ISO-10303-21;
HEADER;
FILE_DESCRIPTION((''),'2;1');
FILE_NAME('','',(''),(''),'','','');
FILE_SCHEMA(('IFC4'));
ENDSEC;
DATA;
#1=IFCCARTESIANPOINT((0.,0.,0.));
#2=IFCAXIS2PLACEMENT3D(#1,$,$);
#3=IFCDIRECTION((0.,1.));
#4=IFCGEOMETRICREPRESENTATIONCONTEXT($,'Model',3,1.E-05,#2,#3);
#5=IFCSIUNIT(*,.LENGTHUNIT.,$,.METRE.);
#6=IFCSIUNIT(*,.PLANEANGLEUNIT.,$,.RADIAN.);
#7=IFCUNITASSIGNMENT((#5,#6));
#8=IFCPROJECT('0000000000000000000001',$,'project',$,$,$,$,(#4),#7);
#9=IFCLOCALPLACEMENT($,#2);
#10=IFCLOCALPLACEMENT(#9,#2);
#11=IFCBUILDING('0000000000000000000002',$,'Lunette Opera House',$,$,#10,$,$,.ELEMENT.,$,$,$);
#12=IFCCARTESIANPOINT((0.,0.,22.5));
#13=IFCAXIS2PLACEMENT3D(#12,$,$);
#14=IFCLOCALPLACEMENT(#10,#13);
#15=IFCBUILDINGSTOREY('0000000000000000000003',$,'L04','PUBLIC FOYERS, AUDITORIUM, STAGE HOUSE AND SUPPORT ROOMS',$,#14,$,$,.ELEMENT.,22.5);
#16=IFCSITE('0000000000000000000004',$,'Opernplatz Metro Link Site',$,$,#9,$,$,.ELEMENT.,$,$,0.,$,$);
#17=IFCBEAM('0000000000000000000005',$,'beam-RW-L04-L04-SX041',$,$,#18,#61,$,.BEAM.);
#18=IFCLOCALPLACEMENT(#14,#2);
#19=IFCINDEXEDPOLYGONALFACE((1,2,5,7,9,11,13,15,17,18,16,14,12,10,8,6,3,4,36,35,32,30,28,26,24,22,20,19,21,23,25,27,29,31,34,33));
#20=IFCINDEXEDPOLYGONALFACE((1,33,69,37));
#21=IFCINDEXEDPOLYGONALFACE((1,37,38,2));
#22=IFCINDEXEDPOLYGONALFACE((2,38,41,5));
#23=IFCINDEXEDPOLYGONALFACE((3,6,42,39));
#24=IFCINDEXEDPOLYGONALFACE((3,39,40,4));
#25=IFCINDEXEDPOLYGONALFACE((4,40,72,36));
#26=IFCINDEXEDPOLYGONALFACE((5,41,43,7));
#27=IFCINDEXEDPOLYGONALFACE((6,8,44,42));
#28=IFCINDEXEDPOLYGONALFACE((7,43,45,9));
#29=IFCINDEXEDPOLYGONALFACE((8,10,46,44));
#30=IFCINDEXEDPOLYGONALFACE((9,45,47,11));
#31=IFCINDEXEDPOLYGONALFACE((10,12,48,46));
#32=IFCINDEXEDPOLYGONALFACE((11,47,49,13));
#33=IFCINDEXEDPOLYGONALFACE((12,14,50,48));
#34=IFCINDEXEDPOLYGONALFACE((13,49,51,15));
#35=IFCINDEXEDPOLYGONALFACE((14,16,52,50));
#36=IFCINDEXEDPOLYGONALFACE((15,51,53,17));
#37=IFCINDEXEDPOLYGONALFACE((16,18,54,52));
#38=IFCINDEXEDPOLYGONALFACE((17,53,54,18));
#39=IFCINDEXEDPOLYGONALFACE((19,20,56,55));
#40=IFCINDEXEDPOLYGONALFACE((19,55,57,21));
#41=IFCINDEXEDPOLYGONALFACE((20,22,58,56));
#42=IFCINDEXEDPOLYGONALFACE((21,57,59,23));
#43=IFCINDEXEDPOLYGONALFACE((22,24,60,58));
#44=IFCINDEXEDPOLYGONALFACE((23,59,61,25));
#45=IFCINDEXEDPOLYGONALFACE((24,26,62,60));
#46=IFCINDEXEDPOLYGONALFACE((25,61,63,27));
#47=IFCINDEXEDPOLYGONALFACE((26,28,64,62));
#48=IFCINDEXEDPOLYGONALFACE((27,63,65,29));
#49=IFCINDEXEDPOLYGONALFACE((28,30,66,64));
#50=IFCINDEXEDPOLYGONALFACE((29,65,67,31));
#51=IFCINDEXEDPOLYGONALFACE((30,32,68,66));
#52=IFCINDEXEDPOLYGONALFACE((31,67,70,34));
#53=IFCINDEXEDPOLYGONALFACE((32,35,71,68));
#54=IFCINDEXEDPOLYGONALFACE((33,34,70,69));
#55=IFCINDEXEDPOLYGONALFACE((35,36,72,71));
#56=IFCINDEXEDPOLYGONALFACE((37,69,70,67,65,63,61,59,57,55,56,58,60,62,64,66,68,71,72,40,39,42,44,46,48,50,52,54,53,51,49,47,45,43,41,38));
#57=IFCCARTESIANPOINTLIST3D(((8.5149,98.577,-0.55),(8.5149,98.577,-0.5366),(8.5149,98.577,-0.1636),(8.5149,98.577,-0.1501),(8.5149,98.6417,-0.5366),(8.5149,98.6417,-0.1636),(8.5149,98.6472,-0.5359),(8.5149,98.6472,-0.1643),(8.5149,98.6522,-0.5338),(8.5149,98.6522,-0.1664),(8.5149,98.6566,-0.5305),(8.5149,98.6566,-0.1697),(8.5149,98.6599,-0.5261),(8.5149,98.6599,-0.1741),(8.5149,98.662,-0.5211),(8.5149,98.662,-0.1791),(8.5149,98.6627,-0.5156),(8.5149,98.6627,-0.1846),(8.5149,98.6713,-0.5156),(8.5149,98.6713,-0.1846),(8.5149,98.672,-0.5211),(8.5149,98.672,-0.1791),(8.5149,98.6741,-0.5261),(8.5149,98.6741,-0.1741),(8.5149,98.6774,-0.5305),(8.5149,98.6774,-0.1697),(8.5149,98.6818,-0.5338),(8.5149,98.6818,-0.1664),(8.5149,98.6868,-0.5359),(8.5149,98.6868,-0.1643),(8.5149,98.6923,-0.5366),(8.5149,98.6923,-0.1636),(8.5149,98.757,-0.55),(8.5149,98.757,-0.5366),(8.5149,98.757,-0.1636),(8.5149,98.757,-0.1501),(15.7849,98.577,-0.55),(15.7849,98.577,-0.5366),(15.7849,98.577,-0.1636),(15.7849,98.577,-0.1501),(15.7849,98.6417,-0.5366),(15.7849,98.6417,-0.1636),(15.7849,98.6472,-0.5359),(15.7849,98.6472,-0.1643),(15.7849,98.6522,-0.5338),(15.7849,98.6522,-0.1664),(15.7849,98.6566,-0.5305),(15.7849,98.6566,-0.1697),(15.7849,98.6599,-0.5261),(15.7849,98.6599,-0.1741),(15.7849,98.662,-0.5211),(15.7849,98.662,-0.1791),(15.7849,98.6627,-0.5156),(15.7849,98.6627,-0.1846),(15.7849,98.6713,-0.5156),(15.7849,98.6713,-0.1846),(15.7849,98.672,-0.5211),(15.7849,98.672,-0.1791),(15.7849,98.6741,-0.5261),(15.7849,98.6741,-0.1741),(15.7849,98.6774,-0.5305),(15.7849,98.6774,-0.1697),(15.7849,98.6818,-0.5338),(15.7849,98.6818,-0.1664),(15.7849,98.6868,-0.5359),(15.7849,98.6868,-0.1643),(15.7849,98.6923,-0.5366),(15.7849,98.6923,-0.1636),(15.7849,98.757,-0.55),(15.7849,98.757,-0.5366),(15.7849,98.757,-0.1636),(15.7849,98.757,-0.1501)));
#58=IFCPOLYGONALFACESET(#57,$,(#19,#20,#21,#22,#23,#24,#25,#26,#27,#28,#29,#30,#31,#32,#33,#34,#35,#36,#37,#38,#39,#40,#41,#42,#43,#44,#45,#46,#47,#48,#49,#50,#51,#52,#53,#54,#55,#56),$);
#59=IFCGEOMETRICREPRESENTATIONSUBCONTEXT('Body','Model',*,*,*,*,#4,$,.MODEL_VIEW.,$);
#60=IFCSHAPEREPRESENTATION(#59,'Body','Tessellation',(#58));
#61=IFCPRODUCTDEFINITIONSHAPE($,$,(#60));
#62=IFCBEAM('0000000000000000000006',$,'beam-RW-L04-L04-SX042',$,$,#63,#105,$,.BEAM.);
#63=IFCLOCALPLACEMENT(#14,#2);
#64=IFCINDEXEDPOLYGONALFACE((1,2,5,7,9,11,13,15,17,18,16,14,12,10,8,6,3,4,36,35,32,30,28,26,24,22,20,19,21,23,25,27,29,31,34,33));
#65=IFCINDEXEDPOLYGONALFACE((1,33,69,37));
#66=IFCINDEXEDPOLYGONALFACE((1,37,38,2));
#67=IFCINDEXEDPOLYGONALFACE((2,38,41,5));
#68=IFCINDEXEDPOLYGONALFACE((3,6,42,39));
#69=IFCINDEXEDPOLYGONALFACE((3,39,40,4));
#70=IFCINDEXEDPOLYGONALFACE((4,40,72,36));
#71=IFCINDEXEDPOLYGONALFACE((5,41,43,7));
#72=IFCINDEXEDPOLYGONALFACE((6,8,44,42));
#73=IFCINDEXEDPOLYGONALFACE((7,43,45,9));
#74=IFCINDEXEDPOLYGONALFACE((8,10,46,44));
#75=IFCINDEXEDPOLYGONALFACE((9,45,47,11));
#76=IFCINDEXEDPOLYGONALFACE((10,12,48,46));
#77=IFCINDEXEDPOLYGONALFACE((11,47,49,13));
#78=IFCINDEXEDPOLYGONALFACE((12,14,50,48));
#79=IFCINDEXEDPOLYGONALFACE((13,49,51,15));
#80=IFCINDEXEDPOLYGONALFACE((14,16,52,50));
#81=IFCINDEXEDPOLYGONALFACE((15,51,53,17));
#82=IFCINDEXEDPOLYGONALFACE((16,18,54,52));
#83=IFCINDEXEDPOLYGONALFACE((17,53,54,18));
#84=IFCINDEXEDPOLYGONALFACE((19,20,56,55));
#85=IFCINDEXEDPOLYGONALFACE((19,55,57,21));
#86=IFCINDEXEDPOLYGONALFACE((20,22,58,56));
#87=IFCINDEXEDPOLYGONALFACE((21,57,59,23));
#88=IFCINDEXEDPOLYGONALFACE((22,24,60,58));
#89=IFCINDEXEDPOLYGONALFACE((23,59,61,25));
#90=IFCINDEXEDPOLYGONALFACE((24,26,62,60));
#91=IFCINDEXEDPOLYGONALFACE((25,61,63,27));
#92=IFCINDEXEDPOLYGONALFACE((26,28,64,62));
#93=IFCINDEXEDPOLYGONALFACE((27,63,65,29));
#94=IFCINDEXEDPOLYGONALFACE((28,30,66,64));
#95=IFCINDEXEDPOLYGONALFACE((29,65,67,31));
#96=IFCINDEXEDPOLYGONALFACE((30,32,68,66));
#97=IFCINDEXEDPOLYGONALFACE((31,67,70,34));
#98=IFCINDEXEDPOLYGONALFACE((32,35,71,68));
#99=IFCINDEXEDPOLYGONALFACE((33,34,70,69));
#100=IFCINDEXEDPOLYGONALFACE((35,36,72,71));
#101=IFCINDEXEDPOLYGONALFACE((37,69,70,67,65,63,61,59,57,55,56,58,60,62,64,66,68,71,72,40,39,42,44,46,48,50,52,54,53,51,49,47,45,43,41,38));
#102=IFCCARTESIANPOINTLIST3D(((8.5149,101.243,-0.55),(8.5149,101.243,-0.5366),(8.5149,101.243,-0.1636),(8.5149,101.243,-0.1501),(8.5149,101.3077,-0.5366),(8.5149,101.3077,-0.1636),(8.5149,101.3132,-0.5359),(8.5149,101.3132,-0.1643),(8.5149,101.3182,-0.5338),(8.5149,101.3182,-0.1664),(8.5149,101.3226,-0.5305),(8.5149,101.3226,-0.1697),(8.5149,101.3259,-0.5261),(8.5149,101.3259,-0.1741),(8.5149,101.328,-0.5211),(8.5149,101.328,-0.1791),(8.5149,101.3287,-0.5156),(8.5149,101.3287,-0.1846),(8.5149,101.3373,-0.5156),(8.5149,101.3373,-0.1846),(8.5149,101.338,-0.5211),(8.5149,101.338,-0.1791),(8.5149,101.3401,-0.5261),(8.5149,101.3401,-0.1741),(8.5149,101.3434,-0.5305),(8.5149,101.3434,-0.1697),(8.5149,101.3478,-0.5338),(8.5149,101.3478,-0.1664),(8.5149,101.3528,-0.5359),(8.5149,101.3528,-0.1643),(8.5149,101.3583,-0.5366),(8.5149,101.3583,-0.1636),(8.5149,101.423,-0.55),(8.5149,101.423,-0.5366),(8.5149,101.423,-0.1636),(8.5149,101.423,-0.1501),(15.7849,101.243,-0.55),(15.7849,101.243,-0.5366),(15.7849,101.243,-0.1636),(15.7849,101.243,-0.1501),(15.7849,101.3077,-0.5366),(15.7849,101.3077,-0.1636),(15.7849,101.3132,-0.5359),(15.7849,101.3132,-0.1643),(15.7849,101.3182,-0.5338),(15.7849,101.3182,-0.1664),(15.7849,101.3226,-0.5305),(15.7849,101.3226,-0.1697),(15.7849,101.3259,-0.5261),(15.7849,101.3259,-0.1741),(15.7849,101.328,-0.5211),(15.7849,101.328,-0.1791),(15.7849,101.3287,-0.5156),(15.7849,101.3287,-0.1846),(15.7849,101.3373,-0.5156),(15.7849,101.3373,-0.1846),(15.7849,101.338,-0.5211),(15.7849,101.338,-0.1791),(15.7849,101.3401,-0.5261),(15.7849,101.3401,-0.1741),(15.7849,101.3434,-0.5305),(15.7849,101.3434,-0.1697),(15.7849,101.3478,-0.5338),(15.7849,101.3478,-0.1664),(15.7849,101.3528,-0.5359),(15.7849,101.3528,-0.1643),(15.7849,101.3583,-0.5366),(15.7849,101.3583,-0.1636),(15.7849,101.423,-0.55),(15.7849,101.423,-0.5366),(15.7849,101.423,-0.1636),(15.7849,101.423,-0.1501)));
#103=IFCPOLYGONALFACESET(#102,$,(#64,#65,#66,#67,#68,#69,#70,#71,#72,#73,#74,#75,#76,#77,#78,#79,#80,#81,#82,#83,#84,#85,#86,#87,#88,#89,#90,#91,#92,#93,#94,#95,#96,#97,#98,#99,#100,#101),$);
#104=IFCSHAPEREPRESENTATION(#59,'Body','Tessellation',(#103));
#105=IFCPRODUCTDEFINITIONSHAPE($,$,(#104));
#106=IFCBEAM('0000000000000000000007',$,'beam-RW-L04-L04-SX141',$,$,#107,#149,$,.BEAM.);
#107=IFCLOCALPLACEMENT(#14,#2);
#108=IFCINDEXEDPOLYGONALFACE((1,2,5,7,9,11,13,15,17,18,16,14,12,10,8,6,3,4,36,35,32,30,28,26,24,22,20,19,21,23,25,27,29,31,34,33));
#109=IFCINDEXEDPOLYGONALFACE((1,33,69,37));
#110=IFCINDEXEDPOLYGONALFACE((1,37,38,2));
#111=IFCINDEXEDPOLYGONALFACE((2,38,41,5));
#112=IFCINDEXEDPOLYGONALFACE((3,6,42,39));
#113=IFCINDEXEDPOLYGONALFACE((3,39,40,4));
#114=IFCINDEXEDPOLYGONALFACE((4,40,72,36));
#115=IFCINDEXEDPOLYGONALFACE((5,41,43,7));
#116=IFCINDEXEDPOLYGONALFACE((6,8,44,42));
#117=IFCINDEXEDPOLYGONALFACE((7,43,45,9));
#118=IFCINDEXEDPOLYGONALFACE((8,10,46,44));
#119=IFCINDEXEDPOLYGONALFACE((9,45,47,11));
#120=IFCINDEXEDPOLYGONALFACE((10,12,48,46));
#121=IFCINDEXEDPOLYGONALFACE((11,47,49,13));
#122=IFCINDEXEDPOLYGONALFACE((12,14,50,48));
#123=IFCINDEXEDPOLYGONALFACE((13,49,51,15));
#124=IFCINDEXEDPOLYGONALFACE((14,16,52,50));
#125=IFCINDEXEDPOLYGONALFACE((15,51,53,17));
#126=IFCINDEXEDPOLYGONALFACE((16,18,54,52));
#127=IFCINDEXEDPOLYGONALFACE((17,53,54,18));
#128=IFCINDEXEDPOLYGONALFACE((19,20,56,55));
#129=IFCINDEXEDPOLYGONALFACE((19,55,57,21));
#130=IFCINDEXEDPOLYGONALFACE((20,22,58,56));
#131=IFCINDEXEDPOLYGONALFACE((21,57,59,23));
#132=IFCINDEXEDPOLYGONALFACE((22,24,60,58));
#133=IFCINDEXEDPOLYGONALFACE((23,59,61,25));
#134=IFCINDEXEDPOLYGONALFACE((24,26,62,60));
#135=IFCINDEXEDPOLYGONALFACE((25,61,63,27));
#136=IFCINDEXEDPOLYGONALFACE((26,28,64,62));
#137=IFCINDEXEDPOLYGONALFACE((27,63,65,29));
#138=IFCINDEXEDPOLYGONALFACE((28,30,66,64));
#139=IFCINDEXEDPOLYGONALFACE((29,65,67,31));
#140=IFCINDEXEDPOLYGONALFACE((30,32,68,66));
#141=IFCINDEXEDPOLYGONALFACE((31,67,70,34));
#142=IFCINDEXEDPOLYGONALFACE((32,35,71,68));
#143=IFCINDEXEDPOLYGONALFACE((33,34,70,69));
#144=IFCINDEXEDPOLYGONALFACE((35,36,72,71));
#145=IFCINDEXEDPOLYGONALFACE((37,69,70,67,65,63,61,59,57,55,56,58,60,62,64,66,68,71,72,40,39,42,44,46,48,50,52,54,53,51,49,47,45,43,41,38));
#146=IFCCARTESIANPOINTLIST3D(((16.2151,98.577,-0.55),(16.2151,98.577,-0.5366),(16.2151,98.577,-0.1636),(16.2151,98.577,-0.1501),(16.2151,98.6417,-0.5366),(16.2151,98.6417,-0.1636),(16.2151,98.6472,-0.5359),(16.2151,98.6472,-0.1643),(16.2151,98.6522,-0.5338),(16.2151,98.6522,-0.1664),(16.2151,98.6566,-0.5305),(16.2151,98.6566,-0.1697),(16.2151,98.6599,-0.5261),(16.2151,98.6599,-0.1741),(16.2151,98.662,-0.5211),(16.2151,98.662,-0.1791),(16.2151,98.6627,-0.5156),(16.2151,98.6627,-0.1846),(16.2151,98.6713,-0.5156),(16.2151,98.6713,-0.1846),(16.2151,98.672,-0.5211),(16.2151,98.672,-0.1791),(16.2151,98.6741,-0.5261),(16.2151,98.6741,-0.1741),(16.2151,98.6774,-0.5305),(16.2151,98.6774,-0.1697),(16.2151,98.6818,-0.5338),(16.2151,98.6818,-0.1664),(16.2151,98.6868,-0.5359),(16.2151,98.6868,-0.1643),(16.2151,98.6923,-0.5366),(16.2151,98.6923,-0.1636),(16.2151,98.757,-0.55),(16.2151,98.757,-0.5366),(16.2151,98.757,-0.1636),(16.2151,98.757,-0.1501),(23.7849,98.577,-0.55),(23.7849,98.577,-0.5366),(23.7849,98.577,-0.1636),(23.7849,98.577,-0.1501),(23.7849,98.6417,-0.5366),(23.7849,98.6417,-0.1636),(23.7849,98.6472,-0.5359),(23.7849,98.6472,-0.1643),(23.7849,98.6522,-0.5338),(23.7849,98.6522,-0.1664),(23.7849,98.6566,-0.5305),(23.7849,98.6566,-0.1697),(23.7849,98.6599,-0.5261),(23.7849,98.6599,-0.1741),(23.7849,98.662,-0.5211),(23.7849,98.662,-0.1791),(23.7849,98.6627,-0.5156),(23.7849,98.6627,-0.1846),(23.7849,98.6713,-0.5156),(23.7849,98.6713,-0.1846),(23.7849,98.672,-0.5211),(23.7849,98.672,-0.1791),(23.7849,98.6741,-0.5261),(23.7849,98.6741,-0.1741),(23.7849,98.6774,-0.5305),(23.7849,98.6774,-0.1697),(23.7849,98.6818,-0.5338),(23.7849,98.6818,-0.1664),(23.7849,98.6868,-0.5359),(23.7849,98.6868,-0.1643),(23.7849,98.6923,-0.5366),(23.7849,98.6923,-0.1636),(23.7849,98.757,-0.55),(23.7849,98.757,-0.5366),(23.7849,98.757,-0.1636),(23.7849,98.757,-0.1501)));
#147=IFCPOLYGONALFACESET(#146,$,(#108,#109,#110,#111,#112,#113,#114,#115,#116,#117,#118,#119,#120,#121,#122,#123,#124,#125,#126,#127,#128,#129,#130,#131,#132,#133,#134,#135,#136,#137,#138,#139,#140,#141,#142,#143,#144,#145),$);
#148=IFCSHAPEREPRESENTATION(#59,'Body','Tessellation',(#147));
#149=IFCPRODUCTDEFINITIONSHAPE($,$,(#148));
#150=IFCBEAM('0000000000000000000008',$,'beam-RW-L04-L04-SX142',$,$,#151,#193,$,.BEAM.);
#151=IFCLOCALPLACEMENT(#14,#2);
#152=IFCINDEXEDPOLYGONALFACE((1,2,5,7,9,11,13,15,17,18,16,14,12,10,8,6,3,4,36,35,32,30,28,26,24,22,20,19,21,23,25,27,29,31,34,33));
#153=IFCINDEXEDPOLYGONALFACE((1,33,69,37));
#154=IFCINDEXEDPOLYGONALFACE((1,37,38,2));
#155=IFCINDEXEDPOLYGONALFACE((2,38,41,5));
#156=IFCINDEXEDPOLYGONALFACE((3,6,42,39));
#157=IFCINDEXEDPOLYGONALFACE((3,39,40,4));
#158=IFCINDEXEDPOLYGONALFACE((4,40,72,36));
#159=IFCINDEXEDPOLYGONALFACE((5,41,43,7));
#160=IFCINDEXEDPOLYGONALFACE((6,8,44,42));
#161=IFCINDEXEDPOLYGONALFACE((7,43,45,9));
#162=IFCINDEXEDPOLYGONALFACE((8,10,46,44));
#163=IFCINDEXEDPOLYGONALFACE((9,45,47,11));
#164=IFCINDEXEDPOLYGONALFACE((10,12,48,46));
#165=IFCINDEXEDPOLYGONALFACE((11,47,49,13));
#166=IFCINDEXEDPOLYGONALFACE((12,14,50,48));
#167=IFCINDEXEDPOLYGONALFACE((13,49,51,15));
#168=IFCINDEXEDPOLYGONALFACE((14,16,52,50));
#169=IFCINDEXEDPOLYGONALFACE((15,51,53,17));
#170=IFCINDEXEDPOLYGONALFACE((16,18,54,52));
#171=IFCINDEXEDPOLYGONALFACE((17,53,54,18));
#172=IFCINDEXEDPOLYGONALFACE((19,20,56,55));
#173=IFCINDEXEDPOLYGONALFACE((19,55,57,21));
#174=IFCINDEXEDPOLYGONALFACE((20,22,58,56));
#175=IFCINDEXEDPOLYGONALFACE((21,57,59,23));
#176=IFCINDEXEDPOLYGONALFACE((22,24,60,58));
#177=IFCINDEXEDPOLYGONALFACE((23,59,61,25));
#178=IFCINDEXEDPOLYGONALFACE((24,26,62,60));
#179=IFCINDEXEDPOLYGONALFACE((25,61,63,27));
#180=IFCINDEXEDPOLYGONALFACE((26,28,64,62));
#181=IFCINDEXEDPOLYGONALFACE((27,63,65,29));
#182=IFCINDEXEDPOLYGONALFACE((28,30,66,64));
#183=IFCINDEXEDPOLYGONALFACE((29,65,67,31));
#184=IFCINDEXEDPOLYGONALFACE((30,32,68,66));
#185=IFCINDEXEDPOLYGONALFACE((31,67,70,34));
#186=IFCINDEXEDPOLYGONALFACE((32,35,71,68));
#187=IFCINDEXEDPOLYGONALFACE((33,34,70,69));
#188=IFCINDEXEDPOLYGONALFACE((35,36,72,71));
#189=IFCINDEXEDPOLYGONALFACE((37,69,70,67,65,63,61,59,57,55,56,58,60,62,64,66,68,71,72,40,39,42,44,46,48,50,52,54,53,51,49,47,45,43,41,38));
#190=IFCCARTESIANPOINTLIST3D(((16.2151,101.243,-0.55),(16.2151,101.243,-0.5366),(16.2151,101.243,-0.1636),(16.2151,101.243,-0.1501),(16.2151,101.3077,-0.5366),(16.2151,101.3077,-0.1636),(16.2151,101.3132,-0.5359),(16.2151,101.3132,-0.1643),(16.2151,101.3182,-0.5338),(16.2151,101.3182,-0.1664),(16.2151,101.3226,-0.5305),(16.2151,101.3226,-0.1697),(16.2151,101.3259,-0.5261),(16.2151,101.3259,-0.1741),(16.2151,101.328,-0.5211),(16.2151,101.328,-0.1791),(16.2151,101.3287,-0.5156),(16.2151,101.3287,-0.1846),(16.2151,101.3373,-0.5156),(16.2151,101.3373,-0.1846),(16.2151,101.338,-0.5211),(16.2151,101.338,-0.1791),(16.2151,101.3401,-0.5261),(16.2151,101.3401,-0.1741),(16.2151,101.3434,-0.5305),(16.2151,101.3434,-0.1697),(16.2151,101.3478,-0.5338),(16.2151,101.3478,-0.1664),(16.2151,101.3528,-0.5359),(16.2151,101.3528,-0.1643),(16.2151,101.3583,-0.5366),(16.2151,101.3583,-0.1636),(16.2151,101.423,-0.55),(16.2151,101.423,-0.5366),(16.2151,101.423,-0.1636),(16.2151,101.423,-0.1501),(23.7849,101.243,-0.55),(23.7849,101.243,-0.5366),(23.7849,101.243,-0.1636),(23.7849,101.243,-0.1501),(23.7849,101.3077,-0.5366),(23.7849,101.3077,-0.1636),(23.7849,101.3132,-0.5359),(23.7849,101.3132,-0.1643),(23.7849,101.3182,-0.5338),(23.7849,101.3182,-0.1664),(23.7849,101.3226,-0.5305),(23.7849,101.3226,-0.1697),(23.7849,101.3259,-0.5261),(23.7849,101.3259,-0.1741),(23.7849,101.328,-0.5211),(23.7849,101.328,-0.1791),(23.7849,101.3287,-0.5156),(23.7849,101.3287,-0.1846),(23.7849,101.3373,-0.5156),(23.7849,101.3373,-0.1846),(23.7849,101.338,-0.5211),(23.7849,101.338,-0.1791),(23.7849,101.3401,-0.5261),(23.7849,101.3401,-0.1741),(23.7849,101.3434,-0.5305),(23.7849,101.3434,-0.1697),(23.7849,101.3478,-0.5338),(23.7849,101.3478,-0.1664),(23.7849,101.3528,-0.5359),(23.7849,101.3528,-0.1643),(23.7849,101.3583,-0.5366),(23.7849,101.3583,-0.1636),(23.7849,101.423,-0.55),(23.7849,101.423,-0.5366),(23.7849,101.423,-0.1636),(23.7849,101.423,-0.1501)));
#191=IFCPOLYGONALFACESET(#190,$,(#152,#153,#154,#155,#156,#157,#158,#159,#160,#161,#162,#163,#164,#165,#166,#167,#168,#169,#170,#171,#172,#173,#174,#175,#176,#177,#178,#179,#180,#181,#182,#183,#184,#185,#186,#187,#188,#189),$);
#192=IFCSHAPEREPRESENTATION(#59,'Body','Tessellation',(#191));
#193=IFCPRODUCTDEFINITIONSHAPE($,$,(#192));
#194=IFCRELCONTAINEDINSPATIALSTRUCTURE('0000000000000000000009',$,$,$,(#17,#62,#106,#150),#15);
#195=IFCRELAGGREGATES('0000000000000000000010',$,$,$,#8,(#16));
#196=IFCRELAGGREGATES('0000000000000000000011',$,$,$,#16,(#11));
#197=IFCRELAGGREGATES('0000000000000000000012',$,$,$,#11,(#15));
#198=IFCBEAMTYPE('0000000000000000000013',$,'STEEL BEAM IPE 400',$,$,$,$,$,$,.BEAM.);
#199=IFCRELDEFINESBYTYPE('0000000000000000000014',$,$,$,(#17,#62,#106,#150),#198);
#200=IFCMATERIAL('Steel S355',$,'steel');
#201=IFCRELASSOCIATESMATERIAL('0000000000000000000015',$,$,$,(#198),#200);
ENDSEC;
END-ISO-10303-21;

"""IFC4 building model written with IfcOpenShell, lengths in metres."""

from ifc_helpers import new_model, si_unit, direction, frame, origin, origin_2d, place, context, subcontext, project, spatial, i_section, extrude, material, material_profile, profile_set, type_object, element, save


model = new_model("IFC4")

# Units and contexts
model_context = context("Model", 3, precision=1e-05, world=origin(), true_north=direction((0.0, 1.0)))
body_context = subcontext(model_context, "Body", "Model", "MODEL_VIEW")
ifc_project = project(units=[si_unit("LENGTHUNIT", "METRE"), si_unit("PLANEANGLEUNIT", "RADIAN")], contexts=[model_context])

# Site, building, storey
site_placement = place(None, origin())
site = spatial("IfcSite", under=ifc_project, at=site_placement, Name="Opernplatz Metro Link Site", CompositionType="ELEMENT", RefElevation=0.0)
building_placement = place(site_placement, origin())
building = spatial("IfcBuilding", under=site, at=building_placement, Name="Lunette Opera House", CompositionType="ELEMENT")
storey_placement = place(building_placement, frame((0.0, 0.0, 22.5)))
storey = spatial("IfcBuildingStorey", under=building, at=storey_placement, Name="L04", Description="PUBLIC FOYERS, AUDITORIUM, STAGE HOUSE AND SUPPORT ROOMS", CompositionType="ELEMENT", Elevation=22.5)

# Beams
ifc_material_1 = material(Name="Steel S355", Category="steel")
ifc_material_profile_1 = material_profile(ifc_material_1, i_section(OverallWidth=0.1799, OverallDepth=0.3999, WebThickness=0.0085, FlangeThickness=0.0134, FilletRadius=0.021, at=origin_2d()), Name="IPE 400")
ifc_profile_set_1 = profile_set([ifc_material_profile_1], Name="Steel S355")
beam_type_1 = type_object("IfcBeamType", Name="STEEL BEAM IPE 400", PredefinedType="BEAM", material=ifc_profile_set_1)
for number, where, z_axis, x_axis, name in (
    (1, (8.5149, 98.667, -0.3501), (1.0, 0.0, 0.0), (0.0, 1.0, 0.0), "beam-RW-L04-L04-SX041"),
    (2, (8.5149, 101.333, -0.3501), (1.0, 0.0, 0.0), (0.0, 1.0, 0.0), "beam-RW-L04-L04-SX042"),
):
    element("IfcBeam", number, at=place(storey_placement, frame(where, z_axis=z_axis, x_axis=x_axis)), inside=storey, type_object=beam_type_1, Name=name, PredefinedType="BEAM", context=body_context, shape_type="SweptSolid", body=[
        extrude(i_section(OverallWidth=0.1799, OverallDepth=0.3999, WebThickness=0.0085, FlangeThickness=0.0134, FilletRadius=0.021, at=origin_2d()), origin(), (0.0, 0.0, 1.0), 7.27),
    ])
for number, where, z_axis, x_axis, name in (
    (3, (16.2151, 98.667, -0.3501), (1.0, 0.0, 0.0), (0.0, 1.0, 0.0), "beam-RW-L04-L04-SX141"),
    (4, (16.2151, 101.333, -0.3501), (1.0, 0.0, 0.0), (0.0, 1.0, 0.0), "beam-RW-L04-L04-SX142"),
):
    element("IfcBeam", number, at=place(storey_placement, frame(where, z_axis=z_axis, x_axis=x_axis)), inside=storey, type_object=beam_type_1, Name=name, PredefinedType="BEAM", context=body_context, shape_type="SweptSolid", body=[
        extrude(i_section(OverallWidth=0.1799, OverallDepth=0.3999, WebThickness=0.0085, FlangeThickness=0.0134, FilletRadius=0.021, at=origin_2d()), origin(), (0.0, 0.0, 1.0), 7.5698),
    ])

save(model, "model.ifc")
